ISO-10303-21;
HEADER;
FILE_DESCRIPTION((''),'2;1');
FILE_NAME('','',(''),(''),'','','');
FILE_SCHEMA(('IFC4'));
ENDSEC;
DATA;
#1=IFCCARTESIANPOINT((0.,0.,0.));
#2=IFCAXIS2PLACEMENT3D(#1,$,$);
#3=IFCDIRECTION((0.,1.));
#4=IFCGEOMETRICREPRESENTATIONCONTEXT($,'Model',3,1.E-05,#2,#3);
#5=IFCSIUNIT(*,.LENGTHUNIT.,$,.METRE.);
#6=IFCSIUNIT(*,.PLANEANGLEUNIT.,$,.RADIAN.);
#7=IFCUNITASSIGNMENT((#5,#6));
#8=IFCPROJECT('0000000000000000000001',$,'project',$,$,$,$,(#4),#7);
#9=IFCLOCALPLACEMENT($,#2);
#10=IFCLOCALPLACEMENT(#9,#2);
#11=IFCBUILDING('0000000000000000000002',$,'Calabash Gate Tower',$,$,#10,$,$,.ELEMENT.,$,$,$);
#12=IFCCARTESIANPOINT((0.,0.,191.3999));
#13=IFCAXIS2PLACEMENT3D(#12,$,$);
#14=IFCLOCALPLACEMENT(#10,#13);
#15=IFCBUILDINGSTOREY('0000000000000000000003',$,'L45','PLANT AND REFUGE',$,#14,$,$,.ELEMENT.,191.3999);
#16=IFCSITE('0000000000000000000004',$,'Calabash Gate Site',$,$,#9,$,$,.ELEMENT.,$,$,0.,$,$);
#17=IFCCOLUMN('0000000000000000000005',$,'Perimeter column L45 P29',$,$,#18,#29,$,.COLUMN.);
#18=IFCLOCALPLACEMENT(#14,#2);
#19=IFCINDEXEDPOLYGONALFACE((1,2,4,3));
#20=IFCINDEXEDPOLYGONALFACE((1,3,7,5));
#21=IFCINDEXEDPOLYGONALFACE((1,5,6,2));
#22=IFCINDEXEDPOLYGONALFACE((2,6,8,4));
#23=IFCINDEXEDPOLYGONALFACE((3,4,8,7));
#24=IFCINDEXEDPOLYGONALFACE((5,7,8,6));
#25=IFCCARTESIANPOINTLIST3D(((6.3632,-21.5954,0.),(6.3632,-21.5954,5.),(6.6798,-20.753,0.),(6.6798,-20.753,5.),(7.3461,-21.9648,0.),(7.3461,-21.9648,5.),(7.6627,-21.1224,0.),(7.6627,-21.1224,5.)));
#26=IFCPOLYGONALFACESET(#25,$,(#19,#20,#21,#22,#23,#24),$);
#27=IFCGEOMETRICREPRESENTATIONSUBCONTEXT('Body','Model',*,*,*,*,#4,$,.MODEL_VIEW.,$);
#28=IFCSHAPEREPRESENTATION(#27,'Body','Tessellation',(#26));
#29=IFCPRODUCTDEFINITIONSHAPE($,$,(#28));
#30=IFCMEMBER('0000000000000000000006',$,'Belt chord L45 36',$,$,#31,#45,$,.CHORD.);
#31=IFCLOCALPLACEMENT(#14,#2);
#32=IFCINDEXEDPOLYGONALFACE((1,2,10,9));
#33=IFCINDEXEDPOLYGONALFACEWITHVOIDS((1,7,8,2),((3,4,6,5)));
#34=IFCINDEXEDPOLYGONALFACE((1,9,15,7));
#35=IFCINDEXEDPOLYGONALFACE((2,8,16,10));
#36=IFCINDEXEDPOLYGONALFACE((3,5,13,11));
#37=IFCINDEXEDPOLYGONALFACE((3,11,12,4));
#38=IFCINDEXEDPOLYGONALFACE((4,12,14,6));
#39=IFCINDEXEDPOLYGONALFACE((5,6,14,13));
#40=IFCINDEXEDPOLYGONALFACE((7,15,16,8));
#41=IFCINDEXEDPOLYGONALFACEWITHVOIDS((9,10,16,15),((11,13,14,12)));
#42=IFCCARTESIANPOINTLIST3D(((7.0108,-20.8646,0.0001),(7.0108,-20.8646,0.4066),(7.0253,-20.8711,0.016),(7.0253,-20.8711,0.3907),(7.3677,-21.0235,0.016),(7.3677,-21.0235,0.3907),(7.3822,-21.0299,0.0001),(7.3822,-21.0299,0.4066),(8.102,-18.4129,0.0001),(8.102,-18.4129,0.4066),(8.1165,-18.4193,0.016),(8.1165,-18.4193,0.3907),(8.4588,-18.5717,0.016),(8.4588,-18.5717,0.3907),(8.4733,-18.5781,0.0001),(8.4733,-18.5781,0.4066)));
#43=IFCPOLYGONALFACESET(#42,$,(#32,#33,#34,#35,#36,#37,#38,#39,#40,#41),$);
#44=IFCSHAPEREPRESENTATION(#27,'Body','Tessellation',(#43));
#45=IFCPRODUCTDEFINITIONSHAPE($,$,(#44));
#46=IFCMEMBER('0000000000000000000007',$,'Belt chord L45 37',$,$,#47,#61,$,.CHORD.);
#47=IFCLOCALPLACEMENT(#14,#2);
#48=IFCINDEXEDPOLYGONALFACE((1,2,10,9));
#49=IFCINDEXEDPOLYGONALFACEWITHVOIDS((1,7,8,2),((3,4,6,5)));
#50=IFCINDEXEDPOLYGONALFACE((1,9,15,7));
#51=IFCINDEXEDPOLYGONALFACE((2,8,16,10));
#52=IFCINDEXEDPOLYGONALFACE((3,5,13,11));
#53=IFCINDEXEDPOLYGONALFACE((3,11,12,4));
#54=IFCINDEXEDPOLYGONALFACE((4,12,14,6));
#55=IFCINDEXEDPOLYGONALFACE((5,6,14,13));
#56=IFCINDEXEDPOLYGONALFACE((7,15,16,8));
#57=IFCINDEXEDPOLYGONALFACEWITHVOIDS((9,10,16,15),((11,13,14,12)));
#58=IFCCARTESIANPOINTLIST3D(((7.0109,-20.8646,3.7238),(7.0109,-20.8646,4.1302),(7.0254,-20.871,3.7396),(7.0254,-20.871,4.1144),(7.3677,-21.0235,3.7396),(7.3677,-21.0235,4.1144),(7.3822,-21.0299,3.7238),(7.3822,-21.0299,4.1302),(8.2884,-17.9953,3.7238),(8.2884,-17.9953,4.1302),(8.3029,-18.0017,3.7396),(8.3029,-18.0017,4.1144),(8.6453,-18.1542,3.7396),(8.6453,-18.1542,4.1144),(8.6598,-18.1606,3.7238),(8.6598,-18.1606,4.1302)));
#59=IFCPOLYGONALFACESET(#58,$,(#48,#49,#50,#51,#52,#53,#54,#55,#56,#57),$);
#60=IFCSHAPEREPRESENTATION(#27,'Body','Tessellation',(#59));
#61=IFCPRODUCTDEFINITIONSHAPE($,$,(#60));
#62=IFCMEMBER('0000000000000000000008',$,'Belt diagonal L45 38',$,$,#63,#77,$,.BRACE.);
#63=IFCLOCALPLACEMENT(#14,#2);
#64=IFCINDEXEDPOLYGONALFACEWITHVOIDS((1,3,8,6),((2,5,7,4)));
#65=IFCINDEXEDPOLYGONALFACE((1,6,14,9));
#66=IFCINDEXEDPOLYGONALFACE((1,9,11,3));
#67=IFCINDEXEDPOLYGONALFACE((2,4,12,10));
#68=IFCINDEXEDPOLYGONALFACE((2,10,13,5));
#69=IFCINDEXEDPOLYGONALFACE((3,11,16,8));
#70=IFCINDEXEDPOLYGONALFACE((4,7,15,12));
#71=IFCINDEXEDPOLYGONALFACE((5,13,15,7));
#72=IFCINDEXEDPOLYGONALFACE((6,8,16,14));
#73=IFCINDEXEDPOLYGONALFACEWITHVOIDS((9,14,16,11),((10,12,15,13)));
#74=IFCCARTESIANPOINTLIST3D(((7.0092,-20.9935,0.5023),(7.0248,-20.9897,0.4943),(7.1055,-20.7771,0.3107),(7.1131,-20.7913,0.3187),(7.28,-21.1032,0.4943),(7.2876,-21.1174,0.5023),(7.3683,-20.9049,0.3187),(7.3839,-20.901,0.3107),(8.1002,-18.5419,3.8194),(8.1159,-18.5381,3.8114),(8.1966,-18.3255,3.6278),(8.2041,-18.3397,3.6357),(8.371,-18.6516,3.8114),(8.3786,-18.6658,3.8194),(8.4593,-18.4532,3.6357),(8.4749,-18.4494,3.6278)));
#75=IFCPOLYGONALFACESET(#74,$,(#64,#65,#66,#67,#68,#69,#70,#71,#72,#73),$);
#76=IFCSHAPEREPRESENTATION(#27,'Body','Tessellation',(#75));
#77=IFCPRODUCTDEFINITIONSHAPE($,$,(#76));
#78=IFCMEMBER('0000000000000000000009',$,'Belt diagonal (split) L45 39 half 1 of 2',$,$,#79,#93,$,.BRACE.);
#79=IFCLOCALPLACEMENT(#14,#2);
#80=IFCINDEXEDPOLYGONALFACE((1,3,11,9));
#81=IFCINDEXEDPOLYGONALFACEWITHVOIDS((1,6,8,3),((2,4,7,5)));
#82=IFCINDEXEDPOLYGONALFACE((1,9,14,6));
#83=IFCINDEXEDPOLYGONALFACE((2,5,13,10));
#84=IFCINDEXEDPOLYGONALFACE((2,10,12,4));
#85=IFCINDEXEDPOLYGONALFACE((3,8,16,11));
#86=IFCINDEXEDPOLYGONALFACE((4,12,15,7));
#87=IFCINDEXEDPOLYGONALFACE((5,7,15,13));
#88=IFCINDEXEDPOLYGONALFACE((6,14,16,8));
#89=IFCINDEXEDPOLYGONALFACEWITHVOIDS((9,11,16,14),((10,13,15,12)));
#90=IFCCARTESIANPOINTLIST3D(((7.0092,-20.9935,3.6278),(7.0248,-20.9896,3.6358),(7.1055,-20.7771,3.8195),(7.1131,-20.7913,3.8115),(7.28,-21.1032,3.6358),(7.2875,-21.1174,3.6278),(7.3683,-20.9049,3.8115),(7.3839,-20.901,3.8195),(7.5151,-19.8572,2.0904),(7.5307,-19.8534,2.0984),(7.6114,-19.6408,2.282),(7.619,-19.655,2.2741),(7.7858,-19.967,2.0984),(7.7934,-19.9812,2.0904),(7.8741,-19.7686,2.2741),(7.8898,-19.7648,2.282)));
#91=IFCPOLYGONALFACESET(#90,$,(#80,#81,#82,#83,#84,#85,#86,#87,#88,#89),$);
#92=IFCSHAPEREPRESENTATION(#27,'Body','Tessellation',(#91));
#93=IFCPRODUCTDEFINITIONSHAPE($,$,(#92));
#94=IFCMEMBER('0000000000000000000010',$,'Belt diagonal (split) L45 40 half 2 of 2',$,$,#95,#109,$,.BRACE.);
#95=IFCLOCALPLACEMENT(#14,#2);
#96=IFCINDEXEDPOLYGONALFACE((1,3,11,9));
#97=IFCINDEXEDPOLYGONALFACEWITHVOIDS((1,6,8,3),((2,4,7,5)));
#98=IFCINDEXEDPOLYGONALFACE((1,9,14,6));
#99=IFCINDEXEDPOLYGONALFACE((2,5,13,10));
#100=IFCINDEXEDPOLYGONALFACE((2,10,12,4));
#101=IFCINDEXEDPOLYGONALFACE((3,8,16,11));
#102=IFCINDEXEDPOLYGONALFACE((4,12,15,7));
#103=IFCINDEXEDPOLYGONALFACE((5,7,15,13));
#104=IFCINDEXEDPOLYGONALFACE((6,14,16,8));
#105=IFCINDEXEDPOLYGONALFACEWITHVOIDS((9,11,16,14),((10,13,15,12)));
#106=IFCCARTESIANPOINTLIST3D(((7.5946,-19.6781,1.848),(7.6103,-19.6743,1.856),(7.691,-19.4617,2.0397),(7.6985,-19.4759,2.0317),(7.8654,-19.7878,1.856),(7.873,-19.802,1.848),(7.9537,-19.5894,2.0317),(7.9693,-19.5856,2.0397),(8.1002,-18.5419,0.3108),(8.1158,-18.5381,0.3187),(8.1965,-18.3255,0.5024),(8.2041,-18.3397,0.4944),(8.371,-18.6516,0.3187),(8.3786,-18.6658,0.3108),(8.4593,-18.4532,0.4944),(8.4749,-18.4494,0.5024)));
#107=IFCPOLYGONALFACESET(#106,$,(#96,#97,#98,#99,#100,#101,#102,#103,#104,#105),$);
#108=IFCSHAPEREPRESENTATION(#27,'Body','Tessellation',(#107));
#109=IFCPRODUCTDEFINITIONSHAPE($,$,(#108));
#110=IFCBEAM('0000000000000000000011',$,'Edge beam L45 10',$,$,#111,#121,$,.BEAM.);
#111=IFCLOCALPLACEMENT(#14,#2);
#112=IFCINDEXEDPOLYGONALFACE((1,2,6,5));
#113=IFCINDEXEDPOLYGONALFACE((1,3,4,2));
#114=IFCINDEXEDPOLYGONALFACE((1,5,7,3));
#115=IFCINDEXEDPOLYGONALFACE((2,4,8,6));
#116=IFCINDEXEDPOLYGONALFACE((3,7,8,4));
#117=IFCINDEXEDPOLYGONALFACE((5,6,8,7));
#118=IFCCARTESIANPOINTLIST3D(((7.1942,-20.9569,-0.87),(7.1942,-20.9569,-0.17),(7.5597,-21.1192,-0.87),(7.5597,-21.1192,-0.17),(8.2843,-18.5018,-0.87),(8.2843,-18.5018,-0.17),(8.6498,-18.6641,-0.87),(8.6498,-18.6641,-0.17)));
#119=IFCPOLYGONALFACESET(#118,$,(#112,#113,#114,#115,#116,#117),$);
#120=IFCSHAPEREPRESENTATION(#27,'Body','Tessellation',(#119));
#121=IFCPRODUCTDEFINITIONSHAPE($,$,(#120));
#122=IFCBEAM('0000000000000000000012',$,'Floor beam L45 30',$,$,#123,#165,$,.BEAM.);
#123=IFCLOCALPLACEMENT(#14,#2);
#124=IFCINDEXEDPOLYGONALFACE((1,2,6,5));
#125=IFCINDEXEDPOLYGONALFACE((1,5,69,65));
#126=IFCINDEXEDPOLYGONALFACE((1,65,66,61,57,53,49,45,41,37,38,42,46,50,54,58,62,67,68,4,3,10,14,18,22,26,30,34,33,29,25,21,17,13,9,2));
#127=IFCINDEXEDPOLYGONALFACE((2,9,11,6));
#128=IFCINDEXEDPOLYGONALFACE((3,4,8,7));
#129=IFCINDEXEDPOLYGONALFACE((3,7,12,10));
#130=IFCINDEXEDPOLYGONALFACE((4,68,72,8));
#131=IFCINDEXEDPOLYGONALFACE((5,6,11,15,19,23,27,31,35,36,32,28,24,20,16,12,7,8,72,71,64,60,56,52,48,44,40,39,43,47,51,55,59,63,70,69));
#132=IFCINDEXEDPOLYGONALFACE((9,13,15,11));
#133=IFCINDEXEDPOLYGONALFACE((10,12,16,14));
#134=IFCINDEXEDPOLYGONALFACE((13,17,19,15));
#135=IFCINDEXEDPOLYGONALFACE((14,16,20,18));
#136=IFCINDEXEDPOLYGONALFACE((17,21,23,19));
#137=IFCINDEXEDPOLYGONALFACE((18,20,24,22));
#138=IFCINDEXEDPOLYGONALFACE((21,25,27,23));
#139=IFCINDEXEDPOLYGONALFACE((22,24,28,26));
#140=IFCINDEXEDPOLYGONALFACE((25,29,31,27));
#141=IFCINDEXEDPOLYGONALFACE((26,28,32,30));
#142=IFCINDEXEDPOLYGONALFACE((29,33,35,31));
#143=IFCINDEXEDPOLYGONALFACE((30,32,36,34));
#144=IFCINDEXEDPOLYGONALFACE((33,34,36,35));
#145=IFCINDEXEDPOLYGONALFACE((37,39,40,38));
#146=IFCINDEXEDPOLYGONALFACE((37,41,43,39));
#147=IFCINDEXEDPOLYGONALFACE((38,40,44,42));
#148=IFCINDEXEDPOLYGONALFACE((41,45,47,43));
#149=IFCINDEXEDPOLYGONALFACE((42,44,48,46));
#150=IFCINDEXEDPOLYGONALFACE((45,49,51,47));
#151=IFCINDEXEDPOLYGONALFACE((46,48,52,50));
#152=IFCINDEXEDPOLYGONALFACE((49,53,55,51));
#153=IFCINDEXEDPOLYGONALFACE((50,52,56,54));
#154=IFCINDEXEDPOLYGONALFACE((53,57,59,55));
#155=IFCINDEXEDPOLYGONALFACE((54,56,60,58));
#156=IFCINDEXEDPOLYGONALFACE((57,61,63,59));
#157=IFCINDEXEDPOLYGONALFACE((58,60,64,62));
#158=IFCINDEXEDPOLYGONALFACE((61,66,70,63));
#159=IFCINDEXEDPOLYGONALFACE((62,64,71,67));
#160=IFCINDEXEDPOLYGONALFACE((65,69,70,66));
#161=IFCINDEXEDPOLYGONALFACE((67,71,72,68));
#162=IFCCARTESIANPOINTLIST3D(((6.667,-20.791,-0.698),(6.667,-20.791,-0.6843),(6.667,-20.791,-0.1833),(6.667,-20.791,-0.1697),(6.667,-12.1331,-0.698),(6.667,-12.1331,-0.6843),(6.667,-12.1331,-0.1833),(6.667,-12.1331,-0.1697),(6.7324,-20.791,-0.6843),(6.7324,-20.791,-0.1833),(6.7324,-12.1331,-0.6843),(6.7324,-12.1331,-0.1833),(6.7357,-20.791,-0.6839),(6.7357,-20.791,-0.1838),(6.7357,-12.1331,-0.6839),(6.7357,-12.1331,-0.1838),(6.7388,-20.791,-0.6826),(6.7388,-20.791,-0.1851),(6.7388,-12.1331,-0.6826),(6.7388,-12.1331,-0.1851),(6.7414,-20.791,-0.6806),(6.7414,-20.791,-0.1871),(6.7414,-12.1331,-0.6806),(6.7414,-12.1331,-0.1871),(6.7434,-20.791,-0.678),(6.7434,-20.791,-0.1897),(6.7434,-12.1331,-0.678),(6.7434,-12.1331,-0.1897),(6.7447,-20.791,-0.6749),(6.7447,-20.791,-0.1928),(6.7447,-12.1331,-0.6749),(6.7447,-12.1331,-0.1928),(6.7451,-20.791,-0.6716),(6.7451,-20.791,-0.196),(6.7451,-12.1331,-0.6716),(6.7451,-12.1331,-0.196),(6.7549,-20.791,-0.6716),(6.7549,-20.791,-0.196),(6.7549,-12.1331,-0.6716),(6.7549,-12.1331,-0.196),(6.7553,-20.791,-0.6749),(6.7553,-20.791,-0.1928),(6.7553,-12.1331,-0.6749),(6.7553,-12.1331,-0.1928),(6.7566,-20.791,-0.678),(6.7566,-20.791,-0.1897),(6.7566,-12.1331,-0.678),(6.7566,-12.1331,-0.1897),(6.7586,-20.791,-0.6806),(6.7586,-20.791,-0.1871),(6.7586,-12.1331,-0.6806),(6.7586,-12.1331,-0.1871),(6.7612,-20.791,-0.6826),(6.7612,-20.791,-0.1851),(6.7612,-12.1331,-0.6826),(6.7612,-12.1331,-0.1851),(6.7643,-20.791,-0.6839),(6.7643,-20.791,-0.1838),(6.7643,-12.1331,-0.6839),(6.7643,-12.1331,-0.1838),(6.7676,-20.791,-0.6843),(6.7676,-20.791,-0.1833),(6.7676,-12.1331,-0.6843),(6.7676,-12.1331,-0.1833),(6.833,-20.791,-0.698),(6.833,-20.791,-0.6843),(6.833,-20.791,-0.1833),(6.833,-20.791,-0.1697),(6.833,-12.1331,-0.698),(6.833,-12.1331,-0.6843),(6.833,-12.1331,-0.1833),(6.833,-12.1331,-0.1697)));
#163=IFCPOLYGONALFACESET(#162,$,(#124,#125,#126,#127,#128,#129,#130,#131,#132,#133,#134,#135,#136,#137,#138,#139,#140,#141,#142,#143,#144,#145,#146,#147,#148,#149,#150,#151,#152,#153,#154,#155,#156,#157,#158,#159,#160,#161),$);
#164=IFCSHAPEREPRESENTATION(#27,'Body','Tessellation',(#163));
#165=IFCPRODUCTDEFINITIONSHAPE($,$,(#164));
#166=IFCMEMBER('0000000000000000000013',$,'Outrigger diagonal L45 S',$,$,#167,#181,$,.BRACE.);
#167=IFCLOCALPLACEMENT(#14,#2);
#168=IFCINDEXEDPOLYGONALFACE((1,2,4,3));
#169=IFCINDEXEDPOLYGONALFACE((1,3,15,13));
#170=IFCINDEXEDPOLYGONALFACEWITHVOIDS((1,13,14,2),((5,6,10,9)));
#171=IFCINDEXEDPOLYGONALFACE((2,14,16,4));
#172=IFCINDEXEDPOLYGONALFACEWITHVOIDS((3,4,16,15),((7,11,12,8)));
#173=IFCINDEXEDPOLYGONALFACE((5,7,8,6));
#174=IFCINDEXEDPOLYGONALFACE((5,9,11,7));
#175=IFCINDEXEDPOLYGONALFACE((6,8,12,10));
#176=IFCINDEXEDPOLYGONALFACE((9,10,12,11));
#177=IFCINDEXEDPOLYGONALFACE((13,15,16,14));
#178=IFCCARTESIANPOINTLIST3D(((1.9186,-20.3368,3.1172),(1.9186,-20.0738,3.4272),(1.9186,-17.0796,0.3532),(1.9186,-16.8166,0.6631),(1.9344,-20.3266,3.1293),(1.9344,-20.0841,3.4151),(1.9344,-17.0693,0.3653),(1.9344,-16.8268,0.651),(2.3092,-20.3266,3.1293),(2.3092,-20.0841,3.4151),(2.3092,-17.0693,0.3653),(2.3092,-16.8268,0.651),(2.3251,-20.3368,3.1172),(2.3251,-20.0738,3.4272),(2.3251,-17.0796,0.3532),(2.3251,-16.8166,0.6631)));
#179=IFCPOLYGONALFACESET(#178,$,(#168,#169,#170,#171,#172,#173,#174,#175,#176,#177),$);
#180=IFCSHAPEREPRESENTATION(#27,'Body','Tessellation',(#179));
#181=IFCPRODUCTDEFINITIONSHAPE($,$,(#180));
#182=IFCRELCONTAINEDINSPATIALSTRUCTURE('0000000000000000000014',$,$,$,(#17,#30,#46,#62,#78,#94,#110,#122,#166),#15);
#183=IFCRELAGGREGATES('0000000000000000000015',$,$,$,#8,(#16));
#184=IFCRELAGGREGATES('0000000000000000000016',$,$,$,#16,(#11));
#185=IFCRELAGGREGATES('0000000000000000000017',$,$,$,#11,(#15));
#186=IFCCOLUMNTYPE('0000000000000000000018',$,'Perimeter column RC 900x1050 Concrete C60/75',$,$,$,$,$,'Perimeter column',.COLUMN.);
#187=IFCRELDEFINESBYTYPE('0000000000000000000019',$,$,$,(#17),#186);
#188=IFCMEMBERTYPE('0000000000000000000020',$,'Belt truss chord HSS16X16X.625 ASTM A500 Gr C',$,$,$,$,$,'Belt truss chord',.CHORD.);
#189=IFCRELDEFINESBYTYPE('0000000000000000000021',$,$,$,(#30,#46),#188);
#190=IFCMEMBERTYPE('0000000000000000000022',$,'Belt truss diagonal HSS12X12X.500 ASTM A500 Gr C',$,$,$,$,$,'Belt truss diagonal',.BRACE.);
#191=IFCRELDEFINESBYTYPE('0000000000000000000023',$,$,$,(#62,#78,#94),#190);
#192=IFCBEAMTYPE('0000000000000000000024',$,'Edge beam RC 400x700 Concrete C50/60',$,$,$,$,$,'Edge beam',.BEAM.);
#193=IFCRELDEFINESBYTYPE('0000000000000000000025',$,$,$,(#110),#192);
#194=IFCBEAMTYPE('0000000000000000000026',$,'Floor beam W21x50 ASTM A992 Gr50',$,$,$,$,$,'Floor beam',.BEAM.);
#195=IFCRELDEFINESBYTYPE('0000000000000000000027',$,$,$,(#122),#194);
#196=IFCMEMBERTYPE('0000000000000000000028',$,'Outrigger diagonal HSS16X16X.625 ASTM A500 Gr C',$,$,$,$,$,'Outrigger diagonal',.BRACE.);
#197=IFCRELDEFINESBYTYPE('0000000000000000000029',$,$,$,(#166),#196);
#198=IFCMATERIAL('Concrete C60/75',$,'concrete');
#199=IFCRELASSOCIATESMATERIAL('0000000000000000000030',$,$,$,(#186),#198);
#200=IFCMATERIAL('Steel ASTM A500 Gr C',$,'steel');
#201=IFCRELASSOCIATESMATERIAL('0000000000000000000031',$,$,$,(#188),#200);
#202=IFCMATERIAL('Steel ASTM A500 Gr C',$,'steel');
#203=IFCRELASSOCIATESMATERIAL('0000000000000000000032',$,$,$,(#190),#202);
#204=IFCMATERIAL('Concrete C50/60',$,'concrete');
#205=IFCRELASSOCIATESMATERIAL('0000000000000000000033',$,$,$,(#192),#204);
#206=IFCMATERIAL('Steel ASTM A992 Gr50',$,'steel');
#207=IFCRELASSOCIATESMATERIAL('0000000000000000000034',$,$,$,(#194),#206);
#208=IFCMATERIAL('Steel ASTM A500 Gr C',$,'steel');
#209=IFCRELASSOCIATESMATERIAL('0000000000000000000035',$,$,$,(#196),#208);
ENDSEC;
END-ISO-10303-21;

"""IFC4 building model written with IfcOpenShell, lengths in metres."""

from ifc_helpers import new_model, si_unit, direction, frame, origin, origin_2d, place, context, subcontext, project, spatial, rectangle, hollow_rectangle, i_section, extrude, material, material_profile, profile_set, type_object, element, save


model = new_model("IFC4")

# Units and contexts
model_context = context("Model", 3, precision=1e-05, world=origin(), true_north=direction((0.0, 1.0)))
body_context = subcontext(model_context, "Body", "Model", "MODEL_VIEW")
ifc_project = project(units=[si_unit("LENGTHUNIT", "METRE"), si_unit("PLANEANGLEUNIT", "RADIAN")], contexts=[model_context])

# Site, building, storey
site_placement = place(None, origin())
site = spatial("IfcSite", under=ifc_project, at=site_placement, Name="Calabash Gate Site", CompositionType="ELEMENT", RefElevation=0.0)
building_placement = place(site_placement, origin())
building = spatial("IfcBuilding", under=site, at=building_placement, Name="Calabash Gate Tower", CompositionType="ELEMENT")
storey_placement = place(building_placement, frame((0.0, 0.0, 191.3999)))
storey = spatial("IfcBuildingStorey", under=building, at=storey_placement, Name="L45", Description="PLANT AND REFUGE", CompositionType="ELEMENT", Elevation=191.3999)

# Column
ifc_material_1 = material(Name="Concrete C60/75", Category="concrete")
ifc_material_profile_1 = material_profile(ifc_material_1, rectangle(XDim=0.8999, YDim=1.05, at=origin_2d()))
ifc_profile_set_1 = profile_set([ifc_material_profile_1], Name="Concrete C60/75")
column_type = type_object("IfcColumnType", Name="Perimeter column RC 900x1050 Concrete C60/75", ElementType="Perimeter column", PredefinedType="COLUMN", material=ifc_profile_set_1)
column_placement = place(storey_placement, frame((7.0129, -21.3589, 0.0), z_axis=(0.0, 0.0, 1.0), x_axis=(0.351822, 0.936067, 0.0)))
element("IfcColumn", 1, at=column_placement, inside=storey, type_object=column_type, Name="Perimeter column L45 P29", PredefinedType="COLUMN", context=body_context, shape_type="SweptSolid", body=[
    extrude(rectangle(XDim=0.8999, YDim=1.05, at=origin_2d()), origin(), (0.0, 0.0, 1.0), 5.0),
])

# Members
ifc_material_2 = material(Name="Steel ASTM A500 Gr C", Category="steel")
ifc_material_profile_2 = material_profile(ifc_material_2, hollow_rectangle(XDim=0.4065, YDim=0.4065, WallThickness=0.0159, at=origin_2d()))
ifc_profile_set_2 = profile_set([ifc_material_profile_2], Name="Steel ASTM A500 Gr C")
member_type_1 = type_object("IfcMemberType", Name="Belt truss chord HSS16X16X.625 ASTM A500 Gr C", ElementType="Belt truss chord", PredefinedType="CHORD", material=ifc_profile_set_2)
member_1_placement = place(storey_placement, frame((7.1965, -20.9473, 0.2034), z_axis=(0.406586, 0.913613, 0.0), x_axis=(-0.913613, 0.406586, 0.0)))
element("IfcMember", 2, at=member_1_placement, inside=storey, type_object=member_type_1, Name="Belt chord L45 36", PredefinedType="CHORD", context=body_context, shape_type="SweptSolid", body=[
    extrude(hollow_rectangle(XDim=0.4065, YDim=0.4065, WallThickness=0.0159, at=origin_2d()), origin(), (0.0, 0.0, 1.0), 2.6836),
])
member_2_placement = place(storey_placement, frame((7.1965, -20.9473, 3.927), z_axis=(0.406751, 0.913539, 0.0), x_axis=(-0.913539, 0.406751, 0.0)))
element("IfcMember", 3, at=member_2_placement, inside=storey, type_object=member_type_1, Name="Belt chord L45 37", PredefinedType="CHORD", context=body_context, shape_type="SweptSolid", body=[
    extrude(hollow_rectangle(XDim=0.4065, YDim=0.4065, WallThickness=0.0159, at=origin_2d()), origin(), (0.0, 0.0, 1.0), 3.1409),
])
ifc_material_3 = material(Name="Steel ASTM A500 Gr C", Category="steel")
ifc_material_profile_3 = material_profile(ifc_material_3, hollow_rectangle(XDim=0.3047, YDim=0.3047, WallThickness=0.0127, at=origin_2d()))
ifc_profile_set_3 = profile_set([ifc_material_profile_3], Name="Steel ASTM A500 Gr C")
member_type_2 = type_object("IfcMemberType", Name="Belt truss diagonal HSS12X12X.500 ASTM A500 Gr C", ElementType="Belt truss diagonal", PredefinedType="BRACE", material=ifc_profile_set_3)
member_3_placement = place(storey_placement, frame((7.1965, -20.9473, 0.4065), z_axis=(0.255718, 0.574607, 0.777454), x_axis=(-0.913613, 0.406586, 0.0)))
element("IfcMember", 4, at=member_3_placement, inside=storey, type_object=member_type_2, Name="Belt diagonal L45 38", PredefinedType="BRACE", context=body_context, shape_type="SweptSolid", body=[
    extrude(hollow_rectangle(XDim=0.3047, YDim=0.3047, WallThickness=0.0127, at=origin_2d()), origin(), (0.0, 0.0, 1.0), 4.2666),
])
member_4_placement = place(storey_placement, frame((7.1965, -20.9473, 3.7236), z_axis=(0.255812, 0.574589, -0.777436), x_axis=(-0.913552, 0.406721, 0.0)))
element("IfcMember", 5, at=member_4_placement, inside=storey, type_object=member_type_2, Name="Belt diagonal (split) L45 39 half 1 of 2", PredefinedType="BRACE", context=body_context, shape_type="SweptSolid", body=[
    extrude(hollow_rectangle(XDim=0.3047, YDim=0.3047, WallThickness=0.0127, at=origin_2d()), origin(), (0.0, 0.0, 1.0), 1.9775),
])
member_5_placement = place(storey_placement, frame((7.782, -19.6318, 1.9438), z_axis=(0.255697, 0.574607, -0.777461), x_axis=(-0.913625, 0.406557, 0.0)))
element("IfcMember", 6, at=member_5_placement, inside=storey, type_object=member_type_2, Name="Belt diagonal (split) L45 40 half 2 of 2", PredefinedType="BRACE", context=body_context, shape_type="SweptSolid", body=[
    extrude(hollow_rectangle(XDim=0.3047, YDim=0.3047, WallThickness=0.0127, at=origin_2d()), origin(), (0.0, 0.0, 1.0), 1.9773),
])

# Beams
ifc_material_4 = material(Name="Concrete C50/60", Category="concrete")
ifc_material_profile_4 = material_profile(ifc_material_4, rectangle(XDim=0.3999, YDim=0.7, at=origin_2d()))
ifc_profile_set_4 = profile_set([ifc_material_profile_4], Name="Concrete C50/60")
beam_type_1 = type_object("IfcBeamType", Name="Edge beam RC 400x700 Concrete C50/60", ElementType="Edge beam", PredefinedType="BEAM", material=ifc_profile_set_4)
beam_1_placement = place(storey_placement, frame((7.377, -21.0381, -0.52), z_axis=(0.40581, 0.913958, 0.0), x_axis=(-0.913958, 0.40581, 0.0)))
element("IfcBeam", 7, at=beam_1_placement, inside=storey, type_object=beam_type_1, Name="Edge beam L45 10", PredefinedType="BEAM", context=body_context, shape_type="SweptSolid", body=[
    extrude(rectangle(XDim=0.3999, YDim=0.7, at=origin_2d()), origin(), (0.0, 0.0, 1.0), 2.6863),
])
ifc_material_5 = material(Name="Steel ASTM A992 Gr50", Category="steel")
ifc_material_profile_5 = material_profile(ifc_material_5, i_section(OverallWidth=0.166, OverallDepth=0.5283, WebThickness=0.0098, FlangeThickness=0.0137, FilletRadius=0.0127, at=origin_2d()))
ifc_profile_set_5 = profile_set([ifc_material_profile_5], Name="Steel ASTM A992 Gr50")
beam_type_2 = type_object("IfcBeamType", Name="Floor beam W21x50 ASTM A992 Gr50", ElementType="Floor beam", PredefinedType="BEAM", material=ifc_profile_set_5)
beam_2_placement = place(storey_placement, frame((6.75, -20.791, -0.4338), z_axis=(0.0, 1.0, 0.0), x_axis=(-1.0, 0.0, 0.0)))
element("IfcBeam", 8, at=beam_2_placement, inside=storey, type_object=beam_type_2, Name="Floor beam L45 30", PredefinedType="BEAM", context=body_context, shape_type="SweptSolid", body=[
    extrude(i_section(OverallWidth=0.166, OverallDepth=0.5283, WebThickness=0.0098, FlangeThickness=0.0137, FilletRadius=0.0127, at=origin_2d()), origin(), (0.0, 0.0, 1.0), 8.658),
])

# Member
ifc_material_6 = material(Name="Steel ASTM A500 Gr C", Category="steel")
ifc_material_profile_6 = material_profile(ifc_material_6, hollow_rectangle(XDim=0.4065, YDim=0.4065, WallThickness=0.0159, at=origin_2d()))
ifc_profile_set_6 = profile_set([ifc_material_profile_6], Name="Steel ASTM A500 Gr C")
member_type_3 = type_object("IfcMemberType", Name="Outrigger diagonal HSS16X16X.625 ASTM A500 Gr C", ElementType="Outrigger diagonal", PredefinedType="BRACE", material=ifc_profile_set_6)
member_6_placement = place(storey_placement, frame((2.1218, -20.2053, 3.2722), z_axis=(0.0, 0.762466, -0.647028), x_axis=(-1.0, 0.0, 0.0)))
element("IfcMember", 9, at=member_6_placement, inside=storey, type_object=member_type_3, Name="Outrigger diagonal L45 S", PredefinedType="BRACE", context=body_context, shape_type="SweptSolid", body=[
    extrude(hollow_rectangle(XDim=0.4065, YDim=0.4065, WallThickness=0.0159, at=origin_2d()), origin(), (0.0, 0.0, 1.0), 4.272),
])

save(model, "model.ifc")
